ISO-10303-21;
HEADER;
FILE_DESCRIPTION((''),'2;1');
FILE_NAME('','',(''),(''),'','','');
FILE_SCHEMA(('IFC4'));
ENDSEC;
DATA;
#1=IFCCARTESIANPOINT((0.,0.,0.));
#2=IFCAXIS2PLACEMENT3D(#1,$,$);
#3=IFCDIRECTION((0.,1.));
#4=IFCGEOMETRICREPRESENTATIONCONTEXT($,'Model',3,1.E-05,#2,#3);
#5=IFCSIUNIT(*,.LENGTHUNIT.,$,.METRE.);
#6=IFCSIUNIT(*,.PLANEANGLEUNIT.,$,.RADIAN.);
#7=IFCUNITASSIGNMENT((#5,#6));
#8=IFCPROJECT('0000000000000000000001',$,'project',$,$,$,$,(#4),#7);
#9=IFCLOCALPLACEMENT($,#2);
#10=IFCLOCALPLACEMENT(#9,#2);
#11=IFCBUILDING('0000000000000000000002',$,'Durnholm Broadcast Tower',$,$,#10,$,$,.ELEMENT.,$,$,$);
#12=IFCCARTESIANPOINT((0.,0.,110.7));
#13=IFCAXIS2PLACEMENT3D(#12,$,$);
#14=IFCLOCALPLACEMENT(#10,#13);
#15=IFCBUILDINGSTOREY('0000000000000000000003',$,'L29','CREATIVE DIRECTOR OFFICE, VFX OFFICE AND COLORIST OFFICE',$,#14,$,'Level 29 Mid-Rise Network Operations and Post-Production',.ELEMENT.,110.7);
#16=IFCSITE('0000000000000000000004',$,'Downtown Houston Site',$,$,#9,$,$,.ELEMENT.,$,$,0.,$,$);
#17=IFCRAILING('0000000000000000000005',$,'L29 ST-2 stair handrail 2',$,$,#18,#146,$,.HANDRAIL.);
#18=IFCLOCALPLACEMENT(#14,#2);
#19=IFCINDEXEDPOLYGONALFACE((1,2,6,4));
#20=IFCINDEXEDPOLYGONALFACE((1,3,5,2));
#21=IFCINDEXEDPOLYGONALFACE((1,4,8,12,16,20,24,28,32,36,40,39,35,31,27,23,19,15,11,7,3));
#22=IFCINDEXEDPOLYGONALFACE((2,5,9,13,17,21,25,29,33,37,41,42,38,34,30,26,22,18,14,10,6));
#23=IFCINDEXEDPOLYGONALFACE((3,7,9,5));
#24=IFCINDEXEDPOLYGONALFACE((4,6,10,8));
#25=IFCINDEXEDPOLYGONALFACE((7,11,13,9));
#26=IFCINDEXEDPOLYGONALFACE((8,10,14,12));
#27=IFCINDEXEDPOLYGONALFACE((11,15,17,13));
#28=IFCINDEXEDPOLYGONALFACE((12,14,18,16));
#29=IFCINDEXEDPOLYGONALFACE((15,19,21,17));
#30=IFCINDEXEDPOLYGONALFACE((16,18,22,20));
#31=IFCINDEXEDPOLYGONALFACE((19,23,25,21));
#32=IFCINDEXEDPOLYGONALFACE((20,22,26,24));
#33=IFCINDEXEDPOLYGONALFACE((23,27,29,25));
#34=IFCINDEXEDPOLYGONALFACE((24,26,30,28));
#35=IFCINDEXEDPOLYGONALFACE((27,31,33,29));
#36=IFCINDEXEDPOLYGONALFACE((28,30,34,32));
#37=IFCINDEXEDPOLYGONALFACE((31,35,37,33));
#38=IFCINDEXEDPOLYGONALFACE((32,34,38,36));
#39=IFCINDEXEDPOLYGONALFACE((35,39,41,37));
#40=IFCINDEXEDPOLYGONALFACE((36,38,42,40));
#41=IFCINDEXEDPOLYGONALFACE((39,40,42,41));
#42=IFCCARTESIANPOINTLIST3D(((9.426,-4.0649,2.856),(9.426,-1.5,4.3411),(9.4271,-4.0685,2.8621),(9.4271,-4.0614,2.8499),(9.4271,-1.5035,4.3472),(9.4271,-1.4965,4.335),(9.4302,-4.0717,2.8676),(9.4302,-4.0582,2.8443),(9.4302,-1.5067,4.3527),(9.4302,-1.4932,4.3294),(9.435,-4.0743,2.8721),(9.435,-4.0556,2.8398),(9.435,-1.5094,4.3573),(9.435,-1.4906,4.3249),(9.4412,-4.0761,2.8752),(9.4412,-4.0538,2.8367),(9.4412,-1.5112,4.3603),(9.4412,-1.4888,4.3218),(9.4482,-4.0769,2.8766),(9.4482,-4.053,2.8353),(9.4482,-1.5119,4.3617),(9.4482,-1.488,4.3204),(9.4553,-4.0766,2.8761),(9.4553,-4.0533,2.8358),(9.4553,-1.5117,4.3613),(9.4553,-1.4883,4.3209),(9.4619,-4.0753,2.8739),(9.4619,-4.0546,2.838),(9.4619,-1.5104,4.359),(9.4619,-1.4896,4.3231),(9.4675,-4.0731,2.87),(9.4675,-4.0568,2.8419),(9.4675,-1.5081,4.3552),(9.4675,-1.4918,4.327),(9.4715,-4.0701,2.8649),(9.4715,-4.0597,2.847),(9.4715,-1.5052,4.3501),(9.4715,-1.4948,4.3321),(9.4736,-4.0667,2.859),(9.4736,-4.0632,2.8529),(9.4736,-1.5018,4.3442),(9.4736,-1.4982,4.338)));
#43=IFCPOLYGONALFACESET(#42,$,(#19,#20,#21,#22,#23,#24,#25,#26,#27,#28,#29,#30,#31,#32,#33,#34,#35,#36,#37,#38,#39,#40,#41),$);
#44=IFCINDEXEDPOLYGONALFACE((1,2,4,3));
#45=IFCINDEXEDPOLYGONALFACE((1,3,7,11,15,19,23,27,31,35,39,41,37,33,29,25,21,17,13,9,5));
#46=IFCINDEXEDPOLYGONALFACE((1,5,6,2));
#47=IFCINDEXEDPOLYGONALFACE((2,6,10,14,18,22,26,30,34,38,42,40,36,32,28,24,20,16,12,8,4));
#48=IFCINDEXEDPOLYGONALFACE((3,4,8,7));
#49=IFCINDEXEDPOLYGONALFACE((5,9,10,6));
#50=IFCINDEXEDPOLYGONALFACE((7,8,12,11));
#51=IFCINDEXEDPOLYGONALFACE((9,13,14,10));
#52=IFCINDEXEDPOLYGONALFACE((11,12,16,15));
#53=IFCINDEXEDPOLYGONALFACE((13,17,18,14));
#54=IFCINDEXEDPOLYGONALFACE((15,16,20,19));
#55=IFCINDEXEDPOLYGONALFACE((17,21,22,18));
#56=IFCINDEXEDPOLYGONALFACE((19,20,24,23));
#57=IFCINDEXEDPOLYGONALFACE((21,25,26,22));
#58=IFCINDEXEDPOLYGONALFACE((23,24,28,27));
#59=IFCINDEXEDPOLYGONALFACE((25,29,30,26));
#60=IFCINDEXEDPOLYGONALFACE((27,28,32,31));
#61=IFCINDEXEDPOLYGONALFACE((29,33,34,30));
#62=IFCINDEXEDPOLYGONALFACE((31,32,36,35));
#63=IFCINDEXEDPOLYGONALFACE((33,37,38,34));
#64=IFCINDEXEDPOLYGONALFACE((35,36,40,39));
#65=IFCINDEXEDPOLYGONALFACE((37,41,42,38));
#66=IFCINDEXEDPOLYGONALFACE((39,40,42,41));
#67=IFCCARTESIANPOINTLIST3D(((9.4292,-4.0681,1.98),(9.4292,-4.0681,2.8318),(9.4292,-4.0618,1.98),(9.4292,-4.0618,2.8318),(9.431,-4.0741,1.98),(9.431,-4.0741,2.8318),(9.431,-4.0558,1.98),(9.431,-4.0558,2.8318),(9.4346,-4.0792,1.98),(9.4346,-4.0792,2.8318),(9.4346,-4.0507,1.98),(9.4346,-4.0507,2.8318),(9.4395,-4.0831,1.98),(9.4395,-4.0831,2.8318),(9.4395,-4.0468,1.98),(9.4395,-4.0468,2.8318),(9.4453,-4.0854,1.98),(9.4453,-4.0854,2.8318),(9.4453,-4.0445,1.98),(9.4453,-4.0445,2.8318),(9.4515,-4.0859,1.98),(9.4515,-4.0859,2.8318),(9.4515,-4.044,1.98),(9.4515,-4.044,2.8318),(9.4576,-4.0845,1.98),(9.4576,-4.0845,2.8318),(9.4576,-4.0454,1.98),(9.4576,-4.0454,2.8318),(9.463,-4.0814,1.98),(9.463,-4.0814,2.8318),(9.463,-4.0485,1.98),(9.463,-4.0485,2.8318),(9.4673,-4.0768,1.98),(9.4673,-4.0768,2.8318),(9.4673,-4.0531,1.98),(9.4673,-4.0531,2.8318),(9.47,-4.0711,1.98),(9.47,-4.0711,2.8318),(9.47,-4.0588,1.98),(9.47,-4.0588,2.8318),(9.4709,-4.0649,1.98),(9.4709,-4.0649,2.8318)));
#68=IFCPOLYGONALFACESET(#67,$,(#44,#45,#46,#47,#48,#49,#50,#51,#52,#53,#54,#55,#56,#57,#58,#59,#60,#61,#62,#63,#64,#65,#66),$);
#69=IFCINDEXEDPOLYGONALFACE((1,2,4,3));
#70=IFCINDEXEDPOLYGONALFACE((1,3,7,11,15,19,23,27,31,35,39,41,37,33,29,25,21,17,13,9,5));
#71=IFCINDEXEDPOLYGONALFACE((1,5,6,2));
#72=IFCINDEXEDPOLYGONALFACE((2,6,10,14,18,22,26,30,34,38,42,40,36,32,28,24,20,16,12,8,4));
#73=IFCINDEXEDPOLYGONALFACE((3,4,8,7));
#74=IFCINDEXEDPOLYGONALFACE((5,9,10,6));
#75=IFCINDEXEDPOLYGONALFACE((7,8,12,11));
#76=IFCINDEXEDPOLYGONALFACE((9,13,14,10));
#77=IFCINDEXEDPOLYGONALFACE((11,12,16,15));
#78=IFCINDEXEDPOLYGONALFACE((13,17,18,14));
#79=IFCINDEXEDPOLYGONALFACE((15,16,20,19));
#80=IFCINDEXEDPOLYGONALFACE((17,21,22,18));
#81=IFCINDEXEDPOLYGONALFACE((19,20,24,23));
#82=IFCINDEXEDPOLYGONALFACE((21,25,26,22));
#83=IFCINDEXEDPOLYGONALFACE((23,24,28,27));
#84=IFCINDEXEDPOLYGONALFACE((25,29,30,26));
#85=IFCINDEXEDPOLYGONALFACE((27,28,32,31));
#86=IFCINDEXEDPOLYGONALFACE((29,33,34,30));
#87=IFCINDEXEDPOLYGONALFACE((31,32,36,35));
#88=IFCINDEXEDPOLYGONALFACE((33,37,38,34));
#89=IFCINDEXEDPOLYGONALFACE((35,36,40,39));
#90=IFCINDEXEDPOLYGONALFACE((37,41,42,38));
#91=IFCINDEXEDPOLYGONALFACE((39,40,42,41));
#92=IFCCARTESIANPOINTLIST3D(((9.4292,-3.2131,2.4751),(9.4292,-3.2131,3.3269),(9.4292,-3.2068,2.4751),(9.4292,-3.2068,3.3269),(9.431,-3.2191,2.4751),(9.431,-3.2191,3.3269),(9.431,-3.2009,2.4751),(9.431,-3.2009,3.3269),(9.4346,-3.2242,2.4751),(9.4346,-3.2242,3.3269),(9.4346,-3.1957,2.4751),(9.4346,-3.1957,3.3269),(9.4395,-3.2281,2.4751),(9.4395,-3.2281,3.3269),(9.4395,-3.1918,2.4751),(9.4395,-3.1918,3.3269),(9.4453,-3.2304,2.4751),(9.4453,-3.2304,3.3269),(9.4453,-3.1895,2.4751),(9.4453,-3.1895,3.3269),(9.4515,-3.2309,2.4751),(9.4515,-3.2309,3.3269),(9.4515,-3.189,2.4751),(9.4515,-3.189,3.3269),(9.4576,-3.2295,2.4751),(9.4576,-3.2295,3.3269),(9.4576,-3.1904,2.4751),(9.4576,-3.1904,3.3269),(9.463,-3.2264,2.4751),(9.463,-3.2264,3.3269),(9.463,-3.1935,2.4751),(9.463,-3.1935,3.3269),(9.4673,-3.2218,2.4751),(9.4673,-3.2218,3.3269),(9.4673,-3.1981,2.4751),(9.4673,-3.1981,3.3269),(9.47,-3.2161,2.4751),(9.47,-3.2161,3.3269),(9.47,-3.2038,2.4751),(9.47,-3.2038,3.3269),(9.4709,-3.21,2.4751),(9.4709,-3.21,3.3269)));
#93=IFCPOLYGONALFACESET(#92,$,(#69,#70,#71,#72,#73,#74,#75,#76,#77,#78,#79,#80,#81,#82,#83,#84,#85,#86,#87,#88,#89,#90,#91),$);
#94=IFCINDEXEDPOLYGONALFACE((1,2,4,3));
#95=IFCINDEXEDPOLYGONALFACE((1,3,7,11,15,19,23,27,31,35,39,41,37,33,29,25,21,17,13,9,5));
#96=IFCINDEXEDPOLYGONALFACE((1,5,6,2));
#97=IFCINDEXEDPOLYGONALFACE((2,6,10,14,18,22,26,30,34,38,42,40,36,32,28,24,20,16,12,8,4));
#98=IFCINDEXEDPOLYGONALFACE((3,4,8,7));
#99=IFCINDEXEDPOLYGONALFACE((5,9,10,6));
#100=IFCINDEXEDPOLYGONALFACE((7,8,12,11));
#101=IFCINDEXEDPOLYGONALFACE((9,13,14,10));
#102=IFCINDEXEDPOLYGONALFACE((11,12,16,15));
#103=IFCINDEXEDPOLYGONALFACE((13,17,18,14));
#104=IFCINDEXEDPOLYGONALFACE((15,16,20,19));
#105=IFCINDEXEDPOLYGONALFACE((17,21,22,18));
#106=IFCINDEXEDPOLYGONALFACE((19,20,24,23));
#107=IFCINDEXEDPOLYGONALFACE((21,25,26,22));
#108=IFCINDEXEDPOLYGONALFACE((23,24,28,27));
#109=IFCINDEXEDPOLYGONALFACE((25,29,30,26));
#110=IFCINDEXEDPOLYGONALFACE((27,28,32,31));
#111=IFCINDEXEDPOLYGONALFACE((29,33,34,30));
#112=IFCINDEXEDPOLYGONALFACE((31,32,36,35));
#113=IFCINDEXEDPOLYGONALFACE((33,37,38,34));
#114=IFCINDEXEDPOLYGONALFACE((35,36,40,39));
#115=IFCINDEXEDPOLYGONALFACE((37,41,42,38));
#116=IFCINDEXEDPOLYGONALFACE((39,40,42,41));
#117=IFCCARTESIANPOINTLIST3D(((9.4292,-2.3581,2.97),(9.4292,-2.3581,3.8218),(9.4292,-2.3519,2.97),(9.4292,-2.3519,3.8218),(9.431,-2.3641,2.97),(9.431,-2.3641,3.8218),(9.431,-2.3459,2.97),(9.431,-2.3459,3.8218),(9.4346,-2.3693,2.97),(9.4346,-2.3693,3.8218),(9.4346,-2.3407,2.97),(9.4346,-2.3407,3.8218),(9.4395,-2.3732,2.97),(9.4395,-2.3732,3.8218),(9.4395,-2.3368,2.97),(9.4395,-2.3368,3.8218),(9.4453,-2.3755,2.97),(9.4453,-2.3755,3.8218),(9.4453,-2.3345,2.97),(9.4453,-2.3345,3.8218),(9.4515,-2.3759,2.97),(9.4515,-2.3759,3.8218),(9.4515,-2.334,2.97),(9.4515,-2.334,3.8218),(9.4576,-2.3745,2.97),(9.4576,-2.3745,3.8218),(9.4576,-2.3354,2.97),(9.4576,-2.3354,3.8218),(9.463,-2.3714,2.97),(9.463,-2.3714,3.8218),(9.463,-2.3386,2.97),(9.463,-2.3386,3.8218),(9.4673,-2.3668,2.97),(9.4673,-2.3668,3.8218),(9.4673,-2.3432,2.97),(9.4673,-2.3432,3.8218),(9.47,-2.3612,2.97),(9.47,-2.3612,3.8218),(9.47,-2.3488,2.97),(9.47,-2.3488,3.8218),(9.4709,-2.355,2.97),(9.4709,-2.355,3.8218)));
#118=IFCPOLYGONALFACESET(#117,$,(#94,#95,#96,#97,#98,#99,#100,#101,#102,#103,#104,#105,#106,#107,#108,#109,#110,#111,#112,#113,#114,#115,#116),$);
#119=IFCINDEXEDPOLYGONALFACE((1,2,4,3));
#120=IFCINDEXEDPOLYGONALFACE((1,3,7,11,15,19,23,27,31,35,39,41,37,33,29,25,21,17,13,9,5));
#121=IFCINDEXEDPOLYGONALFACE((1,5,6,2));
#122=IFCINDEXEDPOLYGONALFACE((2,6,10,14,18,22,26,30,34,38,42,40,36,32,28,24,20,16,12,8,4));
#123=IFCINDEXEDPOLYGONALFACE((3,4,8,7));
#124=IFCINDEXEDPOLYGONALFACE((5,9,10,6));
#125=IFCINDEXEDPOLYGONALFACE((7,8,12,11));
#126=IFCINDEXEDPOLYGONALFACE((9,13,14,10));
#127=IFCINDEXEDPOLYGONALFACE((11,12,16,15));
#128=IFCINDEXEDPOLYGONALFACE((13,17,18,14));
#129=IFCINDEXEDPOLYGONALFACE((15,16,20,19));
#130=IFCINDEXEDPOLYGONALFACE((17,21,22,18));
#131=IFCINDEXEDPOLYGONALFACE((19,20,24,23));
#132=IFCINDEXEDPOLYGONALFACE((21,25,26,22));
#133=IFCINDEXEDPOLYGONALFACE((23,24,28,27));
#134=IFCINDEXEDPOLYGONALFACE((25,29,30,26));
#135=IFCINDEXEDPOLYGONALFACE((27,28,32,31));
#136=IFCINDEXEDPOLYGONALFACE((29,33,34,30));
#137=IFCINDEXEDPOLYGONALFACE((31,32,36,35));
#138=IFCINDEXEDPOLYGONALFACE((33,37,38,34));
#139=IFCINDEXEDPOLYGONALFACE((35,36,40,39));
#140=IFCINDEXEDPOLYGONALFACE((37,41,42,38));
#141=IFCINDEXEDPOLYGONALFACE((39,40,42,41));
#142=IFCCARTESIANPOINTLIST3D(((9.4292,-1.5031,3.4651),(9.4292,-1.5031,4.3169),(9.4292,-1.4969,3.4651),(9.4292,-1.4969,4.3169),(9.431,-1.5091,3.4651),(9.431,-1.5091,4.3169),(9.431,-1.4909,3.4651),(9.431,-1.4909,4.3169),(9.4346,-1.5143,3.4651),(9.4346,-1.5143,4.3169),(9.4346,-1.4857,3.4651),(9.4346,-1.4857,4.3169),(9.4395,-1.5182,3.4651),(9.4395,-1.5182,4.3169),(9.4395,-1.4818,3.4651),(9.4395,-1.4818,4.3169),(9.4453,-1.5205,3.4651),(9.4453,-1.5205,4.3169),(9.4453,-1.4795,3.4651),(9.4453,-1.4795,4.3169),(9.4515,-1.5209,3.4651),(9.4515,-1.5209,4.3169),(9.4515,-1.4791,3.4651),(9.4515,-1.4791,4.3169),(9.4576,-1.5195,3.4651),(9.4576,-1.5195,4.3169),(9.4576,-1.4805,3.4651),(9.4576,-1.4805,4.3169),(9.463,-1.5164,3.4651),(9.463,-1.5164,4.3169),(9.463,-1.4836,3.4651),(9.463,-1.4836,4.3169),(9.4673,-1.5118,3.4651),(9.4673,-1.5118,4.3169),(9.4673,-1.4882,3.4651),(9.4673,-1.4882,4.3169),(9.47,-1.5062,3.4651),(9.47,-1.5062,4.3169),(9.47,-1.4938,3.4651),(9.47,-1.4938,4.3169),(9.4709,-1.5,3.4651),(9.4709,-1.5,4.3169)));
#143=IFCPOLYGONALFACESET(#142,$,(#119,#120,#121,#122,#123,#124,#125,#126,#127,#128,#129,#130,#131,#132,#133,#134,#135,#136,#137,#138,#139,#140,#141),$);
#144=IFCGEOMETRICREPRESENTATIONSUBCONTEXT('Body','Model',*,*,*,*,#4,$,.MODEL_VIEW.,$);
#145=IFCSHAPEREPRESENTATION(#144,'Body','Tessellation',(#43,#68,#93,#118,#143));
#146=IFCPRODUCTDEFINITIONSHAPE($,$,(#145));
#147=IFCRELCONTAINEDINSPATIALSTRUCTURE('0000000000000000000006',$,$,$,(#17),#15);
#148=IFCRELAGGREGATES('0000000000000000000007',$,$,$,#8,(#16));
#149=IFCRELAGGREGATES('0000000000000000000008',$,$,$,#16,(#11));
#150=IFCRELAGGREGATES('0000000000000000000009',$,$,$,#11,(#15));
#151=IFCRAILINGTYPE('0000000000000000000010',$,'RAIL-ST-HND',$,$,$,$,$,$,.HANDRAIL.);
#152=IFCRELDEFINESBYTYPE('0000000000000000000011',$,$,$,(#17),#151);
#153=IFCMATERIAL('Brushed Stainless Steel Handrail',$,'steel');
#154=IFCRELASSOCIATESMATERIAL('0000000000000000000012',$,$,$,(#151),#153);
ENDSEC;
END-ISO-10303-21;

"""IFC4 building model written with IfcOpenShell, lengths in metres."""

from ifc_helpers import new_model, si_unit, direction, frame, origin, origin_2d, place, context, subcontext, project, spatial, circle, extrude, material, type_object, element, save


model = new_model("IFC4")

# Units and contexts
model_context = context("Model", 3, precision=1e-05, world=origin(), true_north=direction((0.0, 1.0)))
body_context = subcontext(model_context, "Body", "Model", "MODEL_VIEW")
ifc_project = project(units=[si_unit("LENGTHUNIT", "METRE"), si_unit("PLANEANGLEUNIT", "RADIAN")], contexts=[model_context])

# Site, building, storey
site_placement = place(None, origin())
site = spatial("IfcSite", under=ifc_project, at=site_placement, Name="Downtown Houston Site", CompositionType="ELEMENT", RefElevation=0.0)
building_placement = place(site_placement, origin())
building = spatial("IfcBuilding", under=site, at=building_placement, Name="Durnholm Broadcast Tower", CompositionType="ELEMENT")
storey_placement = place(building_placement, frame((0.0, 0.0, 110.7)))
storey = spatial("IfcBuildingStorey", under=building, at=storey_placement, Name="L29", Description="CREATIVE DIRECTOR OFFICE, VFX OFFICE AND COLORIST OFFICE", LongName="Level 29 Mid-Rise Network Operations and Post-Production", CompositionType="ELEMENT", Elevation=110.7)

# Railing
ifc_material_1 = material(Name="Brushed Stainless Steel Handrail", Category="steel")
railing_type_1 = type_object("IfcRailingType", Name="RAIL-ST-HND", PredefinedType="HANDRAIL", material=ifc_material_1)
railing_1_placement = place(storey_placement, frame((9.45, -4.0649, 1.98)))
element("IfcRailing", 1, at=railing_1_placement, inside=storey, type_object=railing_type_1, Name="L29 ST-2 stair handrail 2", PredefinedType="HANDRAIL", context=body_context, shape_type="SweptSolid", body=[
    extrude(circle(Radius=0.0239, at=origin_2d()), frame((0.0, 0.0, 0.876), z_axis=(0.0, 0.865406, 0.501072), x_axis=(-1.0, 0.0, 0.0)), (0.0, 0.0, 1.0), 2.9639),
    extrude(circle(Radius=0.021, at=origin_2d()), origin(), (0.0, 0.0, 1.0), 0.8518),
    extrude(circle(Radius=0.021, at=origin_2d()), frame((0.0, 0.855, 0.4951)), (0.0, 0.0, 1.0), 0.8518),
    extrude(circle(Radius=0.021, at=origin_2d()), frame((0.0, 1.71, 0.99)), (0.0, 0.0, 1.0), 0.8518),
    extrude(circle(Radius=0.021, at=origin_2d()), frame((0.0, 2.5649, 1.4851)), (0.0, 0.0, 1.0), 0.8518),
])

save(model, "model.ifc")
